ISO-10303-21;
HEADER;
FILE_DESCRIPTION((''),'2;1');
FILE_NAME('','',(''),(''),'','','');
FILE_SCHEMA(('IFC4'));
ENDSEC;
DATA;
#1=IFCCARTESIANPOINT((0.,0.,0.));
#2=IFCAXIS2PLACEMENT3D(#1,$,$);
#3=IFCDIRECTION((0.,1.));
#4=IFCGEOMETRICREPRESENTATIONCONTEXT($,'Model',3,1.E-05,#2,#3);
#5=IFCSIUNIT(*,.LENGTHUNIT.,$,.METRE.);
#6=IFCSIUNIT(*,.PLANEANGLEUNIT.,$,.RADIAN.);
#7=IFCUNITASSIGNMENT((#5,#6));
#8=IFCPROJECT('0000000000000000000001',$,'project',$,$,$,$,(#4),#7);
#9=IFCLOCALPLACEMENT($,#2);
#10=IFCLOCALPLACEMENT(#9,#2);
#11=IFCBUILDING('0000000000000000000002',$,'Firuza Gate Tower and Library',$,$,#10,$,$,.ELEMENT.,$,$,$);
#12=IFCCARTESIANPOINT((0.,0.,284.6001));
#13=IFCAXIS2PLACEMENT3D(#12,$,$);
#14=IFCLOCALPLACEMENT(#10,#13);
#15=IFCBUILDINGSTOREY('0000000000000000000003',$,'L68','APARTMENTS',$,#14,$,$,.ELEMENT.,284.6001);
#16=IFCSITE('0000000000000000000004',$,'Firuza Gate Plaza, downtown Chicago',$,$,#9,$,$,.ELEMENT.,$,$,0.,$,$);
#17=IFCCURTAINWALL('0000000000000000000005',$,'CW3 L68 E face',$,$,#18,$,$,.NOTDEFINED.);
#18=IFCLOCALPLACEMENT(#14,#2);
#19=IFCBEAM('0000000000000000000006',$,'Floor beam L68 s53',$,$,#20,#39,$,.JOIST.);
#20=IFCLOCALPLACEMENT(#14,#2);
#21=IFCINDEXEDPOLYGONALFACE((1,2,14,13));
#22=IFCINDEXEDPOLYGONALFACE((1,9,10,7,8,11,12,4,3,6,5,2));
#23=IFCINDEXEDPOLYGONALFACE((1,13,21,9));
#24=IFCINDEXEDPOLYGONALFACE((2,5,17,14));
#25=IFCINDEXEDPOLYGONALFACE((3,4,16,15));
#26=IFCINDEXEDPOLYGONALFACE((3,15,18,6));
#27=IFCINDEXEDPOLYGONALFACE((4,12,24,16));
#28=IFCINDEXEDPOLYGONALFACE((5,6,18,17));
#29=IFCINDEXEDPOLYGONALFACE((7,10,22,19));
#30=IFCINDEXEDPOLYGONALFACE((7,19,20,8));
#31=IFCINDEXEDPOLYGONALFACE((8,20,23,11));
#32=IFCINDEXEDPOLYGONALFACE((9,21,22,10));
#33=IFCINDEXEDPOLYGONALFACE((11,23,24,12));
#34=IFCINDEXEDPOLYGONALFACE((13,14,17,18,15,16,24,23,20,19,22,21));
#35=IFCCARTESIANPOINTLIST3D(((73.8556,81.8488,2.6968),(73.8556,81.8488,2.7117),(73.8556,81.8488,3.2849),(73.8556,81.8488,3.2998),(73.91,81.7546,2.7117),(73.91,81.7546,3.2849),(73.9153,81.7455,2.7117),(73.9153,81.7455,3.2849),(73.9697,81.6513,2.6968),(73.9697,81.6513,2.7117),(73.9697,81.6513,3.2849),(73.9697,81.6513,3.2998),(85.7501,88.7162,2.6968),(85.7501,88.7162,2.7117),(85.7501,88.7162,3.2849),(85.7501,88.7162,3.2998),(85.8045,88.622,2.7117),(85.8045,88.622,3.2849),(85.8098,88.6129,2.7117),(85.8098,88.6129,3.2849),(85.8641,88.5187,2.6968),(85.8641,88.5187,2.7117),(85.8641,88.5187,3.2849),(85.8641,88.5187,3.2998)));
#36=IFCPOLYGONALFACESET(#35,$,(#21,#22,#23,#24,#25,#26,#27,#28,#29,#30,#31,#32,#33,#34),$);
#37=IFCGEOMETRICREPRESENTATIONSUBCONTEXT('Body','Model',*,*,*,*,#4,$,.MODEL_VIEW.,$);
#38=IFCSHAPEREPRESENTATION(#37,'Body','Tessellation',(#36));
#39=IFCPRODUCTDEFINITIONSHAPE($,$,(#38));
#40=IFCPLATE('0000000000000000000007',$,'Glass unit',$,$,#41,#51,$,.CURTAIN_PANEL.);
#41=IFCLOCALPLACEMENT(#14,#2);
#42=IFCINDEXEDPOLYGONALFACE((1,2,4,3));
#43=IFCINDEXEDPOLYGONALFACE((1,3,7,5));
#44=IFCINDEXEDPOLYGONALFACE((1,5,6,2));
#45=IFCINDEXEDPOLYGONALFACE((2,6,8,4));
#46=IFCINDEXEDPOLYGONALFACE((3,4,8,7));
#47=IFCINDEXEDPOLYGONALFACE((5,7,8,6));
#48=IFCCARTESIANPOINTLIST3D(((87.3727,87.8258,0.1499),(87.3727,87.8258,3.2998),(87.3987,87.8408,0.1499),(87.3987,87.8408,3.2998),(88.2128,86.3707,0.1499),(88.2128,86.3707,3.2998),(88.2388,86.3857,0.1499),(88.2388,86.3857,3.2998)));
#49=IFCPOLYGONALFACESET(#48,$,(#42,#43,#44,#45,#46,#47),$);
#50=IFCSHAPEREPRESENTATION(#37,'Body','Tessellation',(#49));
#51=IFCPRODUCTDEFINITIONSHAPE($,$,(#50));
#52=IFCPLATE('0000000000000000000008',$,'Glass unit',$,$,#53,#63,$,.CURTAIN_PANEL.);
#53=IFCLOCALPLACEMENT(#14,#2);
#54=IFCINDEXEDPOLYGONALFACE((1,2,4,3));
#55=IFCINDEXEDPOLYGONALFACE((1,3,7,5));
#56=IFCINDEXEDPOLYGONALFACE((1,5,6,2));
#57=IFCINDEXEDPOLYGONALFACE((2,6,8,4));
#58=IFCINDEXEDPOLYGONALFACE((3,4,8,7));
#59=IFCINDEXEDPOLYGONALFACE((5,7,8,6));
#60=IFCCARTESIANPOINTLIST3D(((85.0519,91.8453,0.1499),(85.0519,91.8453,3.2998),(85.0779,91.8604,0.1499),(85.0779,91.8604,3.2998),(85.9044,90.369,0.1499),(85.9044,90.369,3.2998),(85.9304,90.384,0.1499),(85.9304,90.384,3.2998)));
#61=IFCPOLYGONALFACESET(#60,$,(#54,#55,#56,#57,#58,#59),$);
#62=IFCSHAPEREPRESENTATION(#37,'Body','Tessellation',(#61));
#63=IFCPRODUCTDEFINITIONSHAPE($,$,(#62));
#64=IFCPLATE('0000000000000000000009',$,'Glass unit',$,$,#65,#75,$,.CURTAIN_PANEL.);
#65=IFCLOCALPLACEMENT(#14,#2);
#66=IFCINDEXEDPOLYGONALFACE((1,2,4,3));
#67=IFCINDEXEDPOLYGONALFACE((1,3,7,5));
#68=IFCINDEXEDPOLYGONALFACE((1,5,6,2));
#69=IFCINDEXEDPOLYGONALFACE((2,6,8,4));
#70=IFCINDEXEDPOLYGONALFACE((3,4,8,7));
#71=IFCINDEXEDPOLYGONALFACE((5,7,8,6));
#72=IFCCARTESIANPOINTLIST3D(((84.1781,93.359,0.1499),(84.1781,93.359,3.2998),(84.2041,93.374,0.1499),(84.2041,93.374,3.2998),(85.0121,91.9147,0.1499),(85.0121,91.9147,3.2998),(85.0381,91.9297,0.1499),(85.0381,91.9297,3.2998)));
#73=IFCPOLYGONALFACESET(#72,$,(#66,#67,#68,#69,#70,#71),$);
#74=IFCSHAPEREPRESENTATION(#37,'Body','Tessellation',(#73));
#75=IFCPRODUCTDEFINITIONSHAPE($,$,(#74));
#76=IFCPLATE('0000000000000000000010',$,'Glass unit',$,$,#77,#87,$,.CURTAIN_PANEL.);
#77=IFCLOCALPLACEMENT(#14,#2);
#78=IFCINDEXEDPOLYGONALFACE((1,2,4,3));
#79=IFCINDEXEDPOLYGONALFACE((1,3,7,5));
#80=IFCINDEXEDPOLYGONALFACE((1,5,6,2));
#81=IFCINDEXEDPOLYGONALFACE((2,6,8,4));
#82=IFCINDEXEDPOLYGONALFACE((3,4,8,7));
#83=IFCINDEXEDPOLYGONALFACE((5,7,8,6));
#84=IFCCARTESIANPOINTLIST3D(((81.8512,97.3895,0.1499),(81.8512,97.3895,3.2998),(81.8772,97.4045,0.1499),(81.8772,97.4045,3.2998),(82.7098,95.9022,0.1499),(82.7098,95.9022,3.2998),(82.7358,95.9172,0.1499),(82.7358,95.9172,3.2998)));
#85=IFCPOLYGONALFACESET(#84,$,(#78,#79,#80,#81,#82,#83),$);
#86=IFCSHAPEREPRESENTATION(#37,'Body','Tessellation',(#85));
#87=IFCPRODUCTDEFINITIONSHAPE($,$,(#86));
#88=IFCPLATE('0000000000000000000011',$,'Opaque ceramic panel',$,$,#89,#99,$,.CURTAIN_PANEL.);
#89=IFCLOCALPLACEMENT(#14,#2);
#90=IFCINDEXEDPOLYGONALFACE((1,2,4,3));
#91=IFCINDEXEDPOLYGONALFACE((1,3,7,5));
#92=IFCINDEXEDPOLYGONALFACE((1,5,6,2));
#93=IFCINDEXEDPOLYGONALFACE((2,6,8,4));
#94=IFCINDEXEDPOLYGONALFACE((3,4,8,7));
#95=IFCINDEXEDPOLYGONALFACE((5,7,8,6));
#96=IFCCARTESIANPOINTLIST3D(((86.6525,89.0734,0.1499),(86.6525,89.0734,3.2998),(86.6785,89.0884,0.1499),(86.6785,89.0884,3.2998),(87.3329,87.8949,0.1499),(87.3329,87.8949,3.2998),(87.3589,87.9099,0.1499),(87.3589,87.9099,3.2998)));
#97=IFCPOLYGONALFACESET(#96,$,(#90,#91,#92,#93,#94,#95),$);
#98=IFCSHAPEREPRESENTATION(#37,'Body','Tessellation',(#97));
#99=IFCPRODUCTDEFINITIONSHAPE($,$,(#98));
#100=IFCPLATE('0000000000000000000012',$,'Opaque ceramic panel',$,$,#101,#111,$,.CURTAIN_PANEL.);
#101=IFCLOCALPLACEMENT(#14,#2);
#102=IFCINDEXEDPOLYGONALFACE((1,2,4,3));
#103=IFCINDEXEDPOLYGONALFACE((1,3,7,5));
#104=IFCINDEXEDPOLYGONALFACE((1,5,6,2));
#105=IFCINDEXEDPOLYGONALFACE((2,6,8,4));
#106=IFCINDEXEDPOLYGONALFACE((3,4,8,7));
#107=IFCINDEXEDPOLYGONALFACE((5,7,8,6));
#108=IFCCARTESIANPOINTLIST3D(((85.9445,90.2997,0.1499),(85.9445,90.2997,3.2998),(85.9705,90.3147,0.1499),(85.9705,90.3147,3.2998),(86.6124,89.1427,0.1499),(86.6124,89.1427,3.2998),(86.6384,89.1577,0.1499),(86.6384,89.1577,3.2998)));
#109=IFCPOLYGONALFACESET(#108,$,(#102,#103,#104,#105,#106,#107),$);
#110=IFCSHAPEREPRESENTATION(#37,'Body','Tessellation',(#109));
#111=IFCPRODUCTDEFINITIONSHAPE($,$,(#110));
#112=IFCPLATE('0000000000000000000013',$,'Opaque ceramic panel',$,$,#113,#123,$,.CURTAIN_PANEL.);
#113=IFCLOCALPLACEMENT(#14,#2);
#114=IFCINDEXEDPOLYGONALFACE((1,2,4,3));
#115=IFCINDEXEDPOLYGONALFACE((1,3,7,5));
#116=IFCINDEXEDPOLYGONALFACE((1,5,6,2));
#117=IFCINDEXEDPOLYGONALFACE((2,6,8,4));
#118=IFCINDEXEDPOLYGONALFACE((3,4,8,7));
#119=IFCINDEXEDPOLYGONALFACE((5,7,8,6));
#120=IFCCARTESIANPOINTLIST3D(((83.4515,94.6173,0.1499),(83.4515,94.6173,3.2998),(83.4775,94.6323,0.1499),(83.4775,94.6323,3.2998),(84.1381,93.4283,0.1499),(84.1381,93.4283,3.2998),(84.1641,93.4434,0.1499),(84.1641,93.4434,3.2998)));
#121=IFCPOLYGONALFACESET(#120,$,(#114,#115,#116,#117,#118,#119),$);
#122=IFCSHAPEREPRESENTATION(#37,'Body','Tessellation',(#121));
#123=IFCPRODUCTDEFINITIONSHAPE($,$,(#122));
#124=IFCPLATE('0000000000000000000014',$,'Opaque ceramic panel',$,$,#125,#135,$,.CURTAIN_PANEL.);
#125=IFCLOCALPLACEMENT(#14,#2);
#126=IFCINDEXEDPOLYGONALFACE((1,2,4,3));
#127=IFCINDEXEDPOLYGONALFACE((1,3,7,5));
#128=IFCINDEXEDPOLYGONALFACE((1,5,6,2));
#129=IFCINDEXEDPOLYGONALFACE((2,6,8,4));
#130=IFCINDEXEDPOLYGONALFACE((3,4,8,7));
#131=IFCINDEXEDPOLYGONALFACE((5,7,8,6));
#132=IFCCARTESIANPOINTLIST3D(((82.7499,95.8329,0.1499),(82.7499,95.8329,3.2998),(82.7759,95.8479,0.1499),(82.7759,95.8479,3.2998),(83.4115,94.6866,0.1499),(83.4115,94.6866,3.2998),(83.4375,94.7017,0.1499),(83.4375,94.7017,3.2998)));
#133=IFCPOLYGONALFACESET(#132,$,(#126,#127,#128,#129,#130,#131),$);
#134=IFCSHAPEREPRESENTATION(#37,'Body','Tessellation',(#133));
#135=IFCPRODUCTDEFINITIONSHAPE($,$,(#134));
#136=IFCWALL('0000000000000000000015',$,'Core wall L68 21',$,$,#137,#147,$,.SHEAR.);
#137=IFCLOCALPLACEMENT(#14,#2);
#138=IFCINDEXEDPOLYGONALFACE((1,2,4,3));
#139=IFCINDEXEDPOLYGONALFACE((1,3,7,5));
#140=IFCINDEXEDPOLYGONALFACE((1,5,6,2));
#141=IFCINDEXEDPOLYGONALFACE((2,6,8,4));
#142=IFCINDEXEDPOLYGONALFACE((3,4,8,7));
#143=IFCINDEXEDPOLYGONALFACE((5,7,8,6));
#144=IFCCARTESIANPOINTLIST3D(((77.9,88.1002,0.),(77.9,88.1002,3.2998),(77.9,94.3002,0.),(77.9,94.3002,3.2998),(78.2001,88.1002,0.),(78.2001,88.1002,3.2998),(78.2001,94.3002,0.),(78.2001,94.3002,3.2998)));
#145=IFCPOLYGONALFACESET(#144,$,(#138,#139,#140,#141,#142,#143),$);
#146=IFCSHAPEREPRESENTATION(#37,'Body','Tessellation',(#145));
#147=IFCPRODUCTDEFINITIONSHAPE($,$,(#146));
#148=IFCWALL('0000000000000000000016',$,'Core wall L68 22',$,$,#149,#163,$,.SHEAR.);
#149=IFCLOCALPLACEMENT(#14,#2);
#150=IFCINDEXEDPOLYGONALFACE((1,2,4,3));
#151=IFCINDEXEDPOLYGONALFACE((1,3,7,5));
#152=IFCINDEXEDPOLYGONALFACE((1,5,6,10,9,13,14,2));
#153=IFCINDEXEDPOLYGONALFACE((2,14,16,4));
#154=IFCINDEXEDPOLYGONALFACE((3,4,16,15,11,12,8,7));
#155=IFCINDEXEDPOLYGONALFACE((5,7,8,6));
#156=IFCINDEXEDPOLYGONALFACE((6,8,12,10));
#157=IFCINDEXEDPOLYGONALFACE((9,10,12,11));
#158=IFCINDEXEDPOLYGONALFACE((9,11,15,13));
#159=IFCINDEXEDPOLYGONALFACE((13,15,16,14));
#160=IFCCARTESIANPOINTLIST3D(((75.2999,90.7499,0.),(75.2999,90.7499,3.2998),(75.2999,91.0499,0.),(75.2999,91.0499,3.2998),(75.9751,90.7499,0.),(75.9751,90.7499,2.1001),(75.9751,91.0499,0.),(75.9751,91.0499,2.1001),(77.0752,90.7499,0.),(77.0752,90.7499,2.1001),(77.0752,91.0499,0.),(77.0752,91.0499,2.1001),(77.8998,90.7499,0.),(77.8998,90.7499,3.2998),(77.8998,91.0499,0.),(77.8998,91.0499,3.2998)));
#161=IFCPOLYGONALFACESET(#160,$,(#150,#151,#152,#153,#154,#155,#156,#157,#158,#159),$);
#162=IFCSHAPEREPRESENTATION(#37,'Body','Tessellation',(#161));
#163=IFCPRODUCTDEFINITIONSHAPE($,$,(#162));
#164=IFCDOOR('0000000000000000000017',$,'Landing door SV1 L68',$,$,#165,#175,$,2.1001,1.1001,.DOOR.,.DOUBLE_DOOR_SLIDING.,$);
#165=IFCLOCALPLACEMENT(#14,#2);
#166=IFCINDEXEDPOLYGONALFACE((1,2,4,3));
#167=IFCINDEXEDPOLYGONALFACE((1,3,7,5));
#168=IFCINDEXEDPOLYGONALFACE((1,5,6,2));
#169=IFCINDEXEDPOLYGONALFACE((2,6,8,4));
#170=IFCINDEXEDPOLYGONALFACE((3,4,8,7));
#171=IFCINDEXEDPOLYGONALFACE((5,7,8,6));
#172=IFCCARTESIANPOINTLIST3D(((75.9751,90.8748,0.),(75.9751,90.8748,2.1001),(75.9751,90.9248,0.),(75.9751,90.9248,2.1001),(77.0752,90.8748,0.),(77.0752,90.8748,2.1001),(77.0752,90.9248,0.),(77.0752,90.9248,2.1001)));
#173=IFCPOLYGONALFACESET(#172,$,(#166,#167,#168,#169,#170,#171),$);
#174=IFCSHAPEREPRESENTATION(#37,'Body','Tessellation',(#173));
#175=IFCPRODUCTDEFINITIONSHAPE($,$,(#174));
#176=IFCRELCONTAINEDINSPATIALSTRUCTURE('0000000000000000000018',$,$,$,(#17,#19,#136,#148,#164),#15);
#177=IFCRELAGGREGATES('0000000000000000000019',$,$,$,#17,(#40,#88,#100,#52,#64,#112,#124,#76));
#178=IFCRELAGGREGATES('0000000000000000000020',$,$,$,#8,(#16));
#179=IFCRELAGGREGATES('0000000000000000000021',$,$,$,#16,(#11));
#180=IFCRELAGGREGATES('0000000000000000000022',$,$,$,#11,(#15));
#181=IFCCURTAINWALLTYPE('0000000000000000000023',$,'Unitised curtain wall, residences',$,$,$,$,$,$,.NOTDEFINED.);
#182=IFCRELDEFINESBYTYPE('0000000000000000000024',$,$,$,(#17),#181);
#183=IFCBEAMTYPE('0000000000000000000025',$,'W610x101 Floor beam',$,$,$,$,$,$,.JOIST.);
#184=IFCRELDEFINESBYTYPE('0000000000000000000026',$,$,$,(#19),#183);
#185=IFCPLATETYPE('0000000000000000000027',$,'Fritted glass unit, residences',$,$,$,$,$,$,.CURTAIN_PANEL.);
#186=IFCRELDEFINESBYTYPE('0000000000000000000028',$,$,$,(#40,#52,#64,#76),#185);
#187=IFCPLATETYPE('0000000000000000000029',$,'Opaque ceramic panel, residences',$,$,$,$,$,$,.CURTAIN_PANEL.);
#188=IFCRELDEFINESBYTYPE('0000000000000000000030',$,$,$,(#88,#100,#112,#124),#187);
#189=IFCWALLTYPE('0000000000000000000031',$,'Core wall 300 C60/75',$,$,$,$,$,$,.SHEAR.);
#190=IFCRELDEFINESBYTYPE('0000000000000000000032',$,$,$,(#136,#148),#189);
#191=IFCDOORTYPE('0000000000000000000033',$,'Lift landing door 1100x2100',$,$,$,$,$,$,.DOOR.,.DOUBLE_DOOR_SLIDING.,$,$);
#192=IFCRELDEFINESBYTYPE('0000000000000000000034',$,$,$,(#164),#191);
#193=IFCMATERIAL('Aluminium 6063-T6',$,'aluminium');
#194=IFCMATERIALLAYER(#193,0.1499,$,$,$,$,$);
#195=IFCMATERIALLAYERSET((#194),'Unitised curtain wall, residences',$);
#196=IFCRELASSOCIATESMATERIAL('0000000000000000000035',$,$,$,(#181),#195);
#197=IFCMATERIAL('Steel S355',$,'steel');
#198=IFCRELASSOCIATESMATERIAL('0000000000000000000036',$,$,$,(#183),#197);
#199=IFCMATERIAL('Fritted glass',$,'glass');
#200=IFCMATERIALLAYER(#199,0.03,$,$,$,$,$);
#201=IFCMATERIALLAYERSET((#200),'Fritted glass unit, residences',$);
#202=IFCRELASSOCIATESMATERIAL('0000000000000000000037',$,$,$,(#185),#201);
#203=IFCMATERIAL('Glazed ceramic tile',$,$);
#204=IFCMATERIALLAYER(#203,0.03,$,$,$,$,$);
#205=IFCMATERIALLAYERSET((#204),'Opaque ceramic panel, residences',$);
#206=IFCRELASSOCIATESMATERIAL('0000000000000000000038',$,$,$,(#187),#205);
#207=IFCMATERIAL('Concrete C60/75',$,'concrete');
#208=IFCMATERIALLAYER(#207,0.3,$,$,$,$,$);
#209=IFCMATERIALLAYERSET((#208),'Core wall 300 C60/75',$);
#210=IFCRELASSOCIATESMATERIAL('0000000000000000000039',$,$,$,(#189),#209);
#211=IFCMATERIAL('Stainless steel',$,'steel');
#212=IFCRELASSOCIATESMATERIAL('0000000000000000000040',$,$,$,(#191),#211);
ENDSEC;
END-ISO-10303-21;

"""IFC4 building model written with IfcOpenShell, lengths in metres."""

from ifc_helpers import new_model, si_unit, direction, frame, frame_2d, origin, origin_2d, place, context, subcontext, project, spatial, polyline, rectangle, i_section, outline, extrude, material, layer, layer_set, material_profile, profile_set, type_object, element, fill, aggregate, save


model = new_model("IFC4")

# Units and contexts
model_context = context("Model", 3, precision=1e-05, world=origin(), true_north=direction((0.0, 1.0)))
body_context = subcontext(model_context, "Body", "Model", "MODEL_VIEW")
ifc_project = project(units=[si_unit("LENGTHUNIT", "METRE"), si_unit("PLANEANGLEUNIT", "RADIAN")], contexts=[model_context])

# Site, building, storey
site_placement = place(None, origin())
site = spatial("IfcSite", under=ifc_project, at=site_placement, Name="Firuza Gate Plaza, downtown Chicago", CompositionType="ELEMENT", RefElevation=0.0)
building_placement = place(site_placement, origin())
building = spatial("IfcBuilding", under=site, at=building_placement, Name="Firuza Gate Tower and Library", CompositionType="ELEMENT")
storey_placement = place(building_placement, frame((0.0, 0.0, 284.6001)))
storey = spatial("IfcBuildingStorey", under=building, at=storey_placement, Name="L68", Description="APARTMENTS", CompositionType="ELEMENT", Elevation=284.6001)

# Curtain wall
ifc_material_1 = material(Name="Aluminium 6063-T6", Category="aluminium")
ifc_layer_1 = layer(ifc_material_1, 0.1499)
ifc_layer_set_1 = layer_set([ifc_layer_1], Name="Unitised curtain wall, residences")
curtain_wall_type = type_object("IfcCurtainWallType", Name="Unitised curtain wall, residences", PredefinedType="NOTDEFINED", material=ifc_layer_set_1)
curtain_wall_placement = place(storey_placement, origin())
curtain_wall = element("IfcCurtainWall", 1, at=curtain_wall_placement, inside=storey, type_object=curtain_wall_type, Name="CW3 L68 E face", PredefinedType="NOTDEFINED")

# Beam
ifc_material_2 = material(Name="Steel S355", Category="steel")
ifc_material_profile_1 = material_profile(ifc_material_2, i_section(OverallWidth=0.228, OverallDepth=0.603, WebThickness=0.0105, FlangeThickness=0.0149, at=origin_2d()))
ifc_profile_set_1 = profile_set([ifc_material_profile_1], Name="Steel S355")
beam_type_1 = type_object("IfcBeamType", Name="W610x101 Floor beam", PredefinedType="JOIST", material=ifc_profile_set_1)
beam_1_placement = place(storey_placement, frame((85.8071, 88.6174, 2.9983), z_axis=(-0.866022, -0.500007, 0.0), x_axis=(0.500007, -0.866022, 0.0)))
element("IfcBeam", 2, at=beam_1_placement, inside=storey, type_object=beam_type_1, Name="Floor beam L68 s53", PredefinedType="JOIST", context=body_context, shape_type="SweptSolid", body=[
    extrude(i_section(OverallWidth=0.228, OverallDepth=0.603, WebThickness=0.0105, FlangeThickness=0.0149, at=origin_2d()), origin(), (0.0, 0.0, 1.0), 13.7346),
])

# Plates
ifc_material_3 = material(Name="Fritted glass", Category="glass")
ifc_layer_2 = layer(ifc_material_3, 0.03)
ifc_layer_set_2 = layer_set([ifc_layer_2], Name="Fritted glass unit, residences")
plate_type_1 = type_object("IfcPlateType", Name="Fritted glass unit, residences", PredefinedType="CURTAIN_PANEL", material=ifc_layer_set_2)
plate_1_placement = place(storey_placement, frame((88.2388, 86.3857, 0.1499), z_axis=(0.866026, 0.499999, 0.0), x_axis=(-0.499999, 0.866026, 0.0)))
plate_1 = element("IfcPlate", 3, at=plate_1_placement, type_object=plate_type_1, Name="Glass unit", PredefinedType="CURTAIN_PANEL", context=body_context, shape_type="SweptSolid", body=[
    extrude(outline(polyline([(0.0, 0.0), (1.6802, 0.0), (1.6802, 3.1499), (0.0, 3.1499), (0.0, 0.0)])), origin(), (0.0, 0.0, -1.0), 0.03),
])
plate_2_placement = place(storey_placement, frame((85.9304, 90.384, 0.1499), z_axis=(0.865978, 0.500082, 0.0), x_axis=(-0.500082, 0.865978, 0.0)))
plate_2 = element("IfcPlate", 4, at=plate_2_placement, type_object=plate_type_1, Name="Glass unit", PredefinedType="CURTAIN_PANEL", context=body_context, shape_type="SweptSolid", body=[
    extrude(outline(polyline([(0.0, 0.0), (1.7048, 0.0), (1.7048, 3.1499), (0.0, 3.1499), (0.0, 0.0)])), origin(), (0.0, 0.0, -1.0), 0.03),
])
plate_3_placement = place(storey_placement, frame((85.0381, 91.9297, 0.1499), z_axis=(0.866, 0.500043, 0.0), x_axis=(-0.500043, 0.866, 0.0)))
plate_3 = element("IfcPlate", 5, at=plate_3_placement, type_object=plate_type_1, Name="Glass unit", PredefinedType="CURTAIN_PANEL", context=body_context, shape_type="SweptSolid", body=[
    extrude(outline(polyline([(0.0, 0.0), (1.6678, 0.0), (1.6678, 3.1499), (0.0, 3.1499), (0.0, 0.0)])), origin(), (0.0, 0.0, -1.0), 0.03),
])
plate_4_placement = place(storey_placement, frame((82.7358, 95.9172, 0.1499), z_axis=(0.866039, 0.499977, 0.0), x_axis=(-0.499977, 0.866039, 0.0)))
plate_4 = element("IfcPlate", 6, at=plate_4_placement, type_object=plate_type_1, Name="Glass unit", PredefinedType="CURTAIN_PANEL", context=body_context, shape_type="SweptSolid", body=[
    extrude(outline(polyline([(0.0, 0.0), (1.7174, 0.0), (1.7174, 3.1499), (0.0, 3.1499), (0.0, 0.0)])), origin(), (0.0, 0.0, -1.0), 0.03),
])
ifc_material_4 = material(Name="Glazed ceramic tile")
ifc_layer_3 = layer(ifc_material_4, 0.03)
ifc_layer_set_3 = layer_set([ifc_layer_3], Name="Opaque ceramic panel, residences")
plate_type_2 = type_object("IfcPlateType", Name="Opaque ceramic panel, residences", PredefinedType="CURTAIN_PANEL", material=ifc_layer_set_3)
plate_5_placement = place(storey_placement, frame((87.3589, 87.9099, 0.1499), z_axis=(0.866015, 0.500018, 0.0), x_axis=(-0.500018, 0.866015, 0.0)))
plate_5 = element("IfcPlate", 7, at=plate_5_placement, type_object=plate_type_2, Name="Opaque ceramic panel", PredefinedType="CURTAIN_PANEL", context=body_context, shape_type="SweptSolid", body=[
    extrude(outline(polyline([(0.0, 0.0), (1.3608, 0.0), (1.3608, 3.1499), (0.0, 3.1499), (0.0, 0.0)])), origin(), (0.0, 0.0, -1.0), 0.03),
])
plate_6_placement = place(storey_placement, frame((86.6384, 89.1577, 0.1499), z_axis=(0.86603, 0.499991, 0.0), x_axis=(-0.499991, 0.86603, 0.0)))
plate_6 = element("IfcPlate", 8, at=plate_6_placement, type_object=plate_type_2, Name="Opaque ceramic panel", PredefinedType="CURTAIN_PANEL", context=body_context, shape_type="SweptSolid", body=[
    extrude(outline(polyline([(0.0, 0.0), (1.336, 0.0), (1.336, 3.1499), (0.0, 3.1499), (0.0, 0.0)])), origin(), (0.0, 0.0, -1.0), 0.03),
])
plate_7_placement = place(storey_placement, frame((84.1641, 93.4434, 0.1499), z_axis=(0.866002, 0.500041, 0.0), x_axis=(-0.500041, 0.866002, 0.0)))
plate_7 = element("IfcPlate", 9, at=plate_7_placement, type_object=plate_type_2, Name="Opaque ceramic panel", PredefinedType="CURTAIN_PANEL", context=body_context, shape_type="SweptSolid", body=[
    extrude(outline(polyline([(0.0, 0.0), (1.3729, 0.0), (1.3729, 3.1499), (0.0, 3.1499), (0.0, 0.0)])), origin(), (0.0, 0.0, -1.0), 0.03),
])
plate_8_placement = place(storey_placement, frame((83.4375, 94.7017, 0.1499), z_axis=(0.866078, 0.499909, 0.0), x_axis=(-0.499909, 0.866078, 0.0)))
plate_8 = element("IfcPlate", 10, at=plate_8_placement, type_object=plate_type_2, Name="Opaque ceramic panel", PredefinedType="CURTAIN_PANEL", context=body_context, shape_type="SweptSolid", body=[
    extrude(outline(polyline([(0.0, 0.0), (1.3235, 0.0), (1.3235, 3.1499), (0.0, 3.1499), (0.0, 0.0)])), origin(), (0.0, 0.0, -1.0), 0.03),
])
aggregate(curtain_wall, [plate_1, plate_5, plate_6, plate_2, plate_3, plate_7, plate_8, plate_4])

# Wall
ifc_material_5 = material(Name="Concrete C60/75", Category="concrete")
ifc_layer_4 = layer(ifc_material_5, 0.3)
ifc_layer_set_4 = layer_set([ifc_layer_4], Name="Core wall 300 C60/75")
wall_type_1 = type_object("IfcWallType", Name="Core wall 300 C60/75", PredefinedType="SHEAR", material=ifc_layer_set_4)
wall_1_placement = place(storey_placement, frame((78.05, 88.1001, 0.0), z_axis=(0.0, 0.0, 1.0), x_axis=(0.0, 1.0, 0.0)))
element("IfcWall", 11, at=wall_1_placement, inside=storey, type_object=wall_type_1, Name="Core wall L68 21", PredefinedType="SHEAR", context=body_context, shape_type="SweptSolid", body=[
    extrude(rectangle(XDim=6.2, YDim=0.3, at=frame_2d((3.1001, 0.0))), origin(), (0.0, 0.0, 1.0), 3.2998),
])

# Wall, opening, door
wall_2_placement = place(storey_placement, frame((75.3, 90.8999, 0.0), z_axis=(0.0, 0.0, 1.0), x_axis=(1.0, 0.0, 0.0)))
wall_2 = element("IfcWall", 12, at=wall_2_placement, inside=storey, type_object=wall_type_1, Name="Core wall L68 22", PredefinedType="SHEAR", context=body_context, shape_type="SweptSolid", body=[
    extrude(rectangle(XDim=2.5999, YDim=0.3, at=frame_2d((1.2998, 0.0))), origin(), (0.0, 0.0, 1.0), 3.2998),
])
opening_1_placement = place(wall_2_placement, frame((0.675, 0.0, 0.0)))
opening_1 = element("IfcOpeningElement", 13, at=opening_1_placement, cuts=wall_2, PredefinedType="OPENING", context=body_context, shape_type="SweptSolid", body=[
    extrude(rectangle(XDim=1.1001, YDim=2.1001, at=frame_2d((0.55, 1.05))), frame((0.0, 0.1602, 0.0), z_axis=(0.0, -1.0, 0.0), x_axis=(1.0, 0.0, 0.0)), (0.0, 0.0, 1.0), 0.3201),
])
ifc_material_6 = material(Name="Stainless steel", Category="steel")
door_type_1 = type_object("IfcDoorType", Name="Lift landing door 1100x2100", OperationType="DOUBLE_DOOR_SLIDING", PredefinedType="DOOR", material=ifc_material_6)
door_1_placement = place(opening_1_placement, origin())
door_1 = element("IfcDoor", 14, at=door_1_placement, inside=storey, type_object=door_type_1, Name="Landing door SV1 L68", OperationType="DOUBLE_DOOR_SLIDING", OverallHeight=2.1001, OverallWidth=1.1001, PredefinedType="DOOR", context=body_context, shape_type="SweptSolid", body=[
    extrude(rectangle(XDim=1.1001, YDim=2.1001, at=frame_2d((0.55, 1.05))), frame((0.0, 0.0249, 0.0), z_axis=(0.0, -1.0, 0.0), x_axis=(1.0, 0.0, 0.0)), (0.0, 0.0, 1.0), 0.05),
])
fill(opening_1, door_1)

save(model, "model.ifc")
